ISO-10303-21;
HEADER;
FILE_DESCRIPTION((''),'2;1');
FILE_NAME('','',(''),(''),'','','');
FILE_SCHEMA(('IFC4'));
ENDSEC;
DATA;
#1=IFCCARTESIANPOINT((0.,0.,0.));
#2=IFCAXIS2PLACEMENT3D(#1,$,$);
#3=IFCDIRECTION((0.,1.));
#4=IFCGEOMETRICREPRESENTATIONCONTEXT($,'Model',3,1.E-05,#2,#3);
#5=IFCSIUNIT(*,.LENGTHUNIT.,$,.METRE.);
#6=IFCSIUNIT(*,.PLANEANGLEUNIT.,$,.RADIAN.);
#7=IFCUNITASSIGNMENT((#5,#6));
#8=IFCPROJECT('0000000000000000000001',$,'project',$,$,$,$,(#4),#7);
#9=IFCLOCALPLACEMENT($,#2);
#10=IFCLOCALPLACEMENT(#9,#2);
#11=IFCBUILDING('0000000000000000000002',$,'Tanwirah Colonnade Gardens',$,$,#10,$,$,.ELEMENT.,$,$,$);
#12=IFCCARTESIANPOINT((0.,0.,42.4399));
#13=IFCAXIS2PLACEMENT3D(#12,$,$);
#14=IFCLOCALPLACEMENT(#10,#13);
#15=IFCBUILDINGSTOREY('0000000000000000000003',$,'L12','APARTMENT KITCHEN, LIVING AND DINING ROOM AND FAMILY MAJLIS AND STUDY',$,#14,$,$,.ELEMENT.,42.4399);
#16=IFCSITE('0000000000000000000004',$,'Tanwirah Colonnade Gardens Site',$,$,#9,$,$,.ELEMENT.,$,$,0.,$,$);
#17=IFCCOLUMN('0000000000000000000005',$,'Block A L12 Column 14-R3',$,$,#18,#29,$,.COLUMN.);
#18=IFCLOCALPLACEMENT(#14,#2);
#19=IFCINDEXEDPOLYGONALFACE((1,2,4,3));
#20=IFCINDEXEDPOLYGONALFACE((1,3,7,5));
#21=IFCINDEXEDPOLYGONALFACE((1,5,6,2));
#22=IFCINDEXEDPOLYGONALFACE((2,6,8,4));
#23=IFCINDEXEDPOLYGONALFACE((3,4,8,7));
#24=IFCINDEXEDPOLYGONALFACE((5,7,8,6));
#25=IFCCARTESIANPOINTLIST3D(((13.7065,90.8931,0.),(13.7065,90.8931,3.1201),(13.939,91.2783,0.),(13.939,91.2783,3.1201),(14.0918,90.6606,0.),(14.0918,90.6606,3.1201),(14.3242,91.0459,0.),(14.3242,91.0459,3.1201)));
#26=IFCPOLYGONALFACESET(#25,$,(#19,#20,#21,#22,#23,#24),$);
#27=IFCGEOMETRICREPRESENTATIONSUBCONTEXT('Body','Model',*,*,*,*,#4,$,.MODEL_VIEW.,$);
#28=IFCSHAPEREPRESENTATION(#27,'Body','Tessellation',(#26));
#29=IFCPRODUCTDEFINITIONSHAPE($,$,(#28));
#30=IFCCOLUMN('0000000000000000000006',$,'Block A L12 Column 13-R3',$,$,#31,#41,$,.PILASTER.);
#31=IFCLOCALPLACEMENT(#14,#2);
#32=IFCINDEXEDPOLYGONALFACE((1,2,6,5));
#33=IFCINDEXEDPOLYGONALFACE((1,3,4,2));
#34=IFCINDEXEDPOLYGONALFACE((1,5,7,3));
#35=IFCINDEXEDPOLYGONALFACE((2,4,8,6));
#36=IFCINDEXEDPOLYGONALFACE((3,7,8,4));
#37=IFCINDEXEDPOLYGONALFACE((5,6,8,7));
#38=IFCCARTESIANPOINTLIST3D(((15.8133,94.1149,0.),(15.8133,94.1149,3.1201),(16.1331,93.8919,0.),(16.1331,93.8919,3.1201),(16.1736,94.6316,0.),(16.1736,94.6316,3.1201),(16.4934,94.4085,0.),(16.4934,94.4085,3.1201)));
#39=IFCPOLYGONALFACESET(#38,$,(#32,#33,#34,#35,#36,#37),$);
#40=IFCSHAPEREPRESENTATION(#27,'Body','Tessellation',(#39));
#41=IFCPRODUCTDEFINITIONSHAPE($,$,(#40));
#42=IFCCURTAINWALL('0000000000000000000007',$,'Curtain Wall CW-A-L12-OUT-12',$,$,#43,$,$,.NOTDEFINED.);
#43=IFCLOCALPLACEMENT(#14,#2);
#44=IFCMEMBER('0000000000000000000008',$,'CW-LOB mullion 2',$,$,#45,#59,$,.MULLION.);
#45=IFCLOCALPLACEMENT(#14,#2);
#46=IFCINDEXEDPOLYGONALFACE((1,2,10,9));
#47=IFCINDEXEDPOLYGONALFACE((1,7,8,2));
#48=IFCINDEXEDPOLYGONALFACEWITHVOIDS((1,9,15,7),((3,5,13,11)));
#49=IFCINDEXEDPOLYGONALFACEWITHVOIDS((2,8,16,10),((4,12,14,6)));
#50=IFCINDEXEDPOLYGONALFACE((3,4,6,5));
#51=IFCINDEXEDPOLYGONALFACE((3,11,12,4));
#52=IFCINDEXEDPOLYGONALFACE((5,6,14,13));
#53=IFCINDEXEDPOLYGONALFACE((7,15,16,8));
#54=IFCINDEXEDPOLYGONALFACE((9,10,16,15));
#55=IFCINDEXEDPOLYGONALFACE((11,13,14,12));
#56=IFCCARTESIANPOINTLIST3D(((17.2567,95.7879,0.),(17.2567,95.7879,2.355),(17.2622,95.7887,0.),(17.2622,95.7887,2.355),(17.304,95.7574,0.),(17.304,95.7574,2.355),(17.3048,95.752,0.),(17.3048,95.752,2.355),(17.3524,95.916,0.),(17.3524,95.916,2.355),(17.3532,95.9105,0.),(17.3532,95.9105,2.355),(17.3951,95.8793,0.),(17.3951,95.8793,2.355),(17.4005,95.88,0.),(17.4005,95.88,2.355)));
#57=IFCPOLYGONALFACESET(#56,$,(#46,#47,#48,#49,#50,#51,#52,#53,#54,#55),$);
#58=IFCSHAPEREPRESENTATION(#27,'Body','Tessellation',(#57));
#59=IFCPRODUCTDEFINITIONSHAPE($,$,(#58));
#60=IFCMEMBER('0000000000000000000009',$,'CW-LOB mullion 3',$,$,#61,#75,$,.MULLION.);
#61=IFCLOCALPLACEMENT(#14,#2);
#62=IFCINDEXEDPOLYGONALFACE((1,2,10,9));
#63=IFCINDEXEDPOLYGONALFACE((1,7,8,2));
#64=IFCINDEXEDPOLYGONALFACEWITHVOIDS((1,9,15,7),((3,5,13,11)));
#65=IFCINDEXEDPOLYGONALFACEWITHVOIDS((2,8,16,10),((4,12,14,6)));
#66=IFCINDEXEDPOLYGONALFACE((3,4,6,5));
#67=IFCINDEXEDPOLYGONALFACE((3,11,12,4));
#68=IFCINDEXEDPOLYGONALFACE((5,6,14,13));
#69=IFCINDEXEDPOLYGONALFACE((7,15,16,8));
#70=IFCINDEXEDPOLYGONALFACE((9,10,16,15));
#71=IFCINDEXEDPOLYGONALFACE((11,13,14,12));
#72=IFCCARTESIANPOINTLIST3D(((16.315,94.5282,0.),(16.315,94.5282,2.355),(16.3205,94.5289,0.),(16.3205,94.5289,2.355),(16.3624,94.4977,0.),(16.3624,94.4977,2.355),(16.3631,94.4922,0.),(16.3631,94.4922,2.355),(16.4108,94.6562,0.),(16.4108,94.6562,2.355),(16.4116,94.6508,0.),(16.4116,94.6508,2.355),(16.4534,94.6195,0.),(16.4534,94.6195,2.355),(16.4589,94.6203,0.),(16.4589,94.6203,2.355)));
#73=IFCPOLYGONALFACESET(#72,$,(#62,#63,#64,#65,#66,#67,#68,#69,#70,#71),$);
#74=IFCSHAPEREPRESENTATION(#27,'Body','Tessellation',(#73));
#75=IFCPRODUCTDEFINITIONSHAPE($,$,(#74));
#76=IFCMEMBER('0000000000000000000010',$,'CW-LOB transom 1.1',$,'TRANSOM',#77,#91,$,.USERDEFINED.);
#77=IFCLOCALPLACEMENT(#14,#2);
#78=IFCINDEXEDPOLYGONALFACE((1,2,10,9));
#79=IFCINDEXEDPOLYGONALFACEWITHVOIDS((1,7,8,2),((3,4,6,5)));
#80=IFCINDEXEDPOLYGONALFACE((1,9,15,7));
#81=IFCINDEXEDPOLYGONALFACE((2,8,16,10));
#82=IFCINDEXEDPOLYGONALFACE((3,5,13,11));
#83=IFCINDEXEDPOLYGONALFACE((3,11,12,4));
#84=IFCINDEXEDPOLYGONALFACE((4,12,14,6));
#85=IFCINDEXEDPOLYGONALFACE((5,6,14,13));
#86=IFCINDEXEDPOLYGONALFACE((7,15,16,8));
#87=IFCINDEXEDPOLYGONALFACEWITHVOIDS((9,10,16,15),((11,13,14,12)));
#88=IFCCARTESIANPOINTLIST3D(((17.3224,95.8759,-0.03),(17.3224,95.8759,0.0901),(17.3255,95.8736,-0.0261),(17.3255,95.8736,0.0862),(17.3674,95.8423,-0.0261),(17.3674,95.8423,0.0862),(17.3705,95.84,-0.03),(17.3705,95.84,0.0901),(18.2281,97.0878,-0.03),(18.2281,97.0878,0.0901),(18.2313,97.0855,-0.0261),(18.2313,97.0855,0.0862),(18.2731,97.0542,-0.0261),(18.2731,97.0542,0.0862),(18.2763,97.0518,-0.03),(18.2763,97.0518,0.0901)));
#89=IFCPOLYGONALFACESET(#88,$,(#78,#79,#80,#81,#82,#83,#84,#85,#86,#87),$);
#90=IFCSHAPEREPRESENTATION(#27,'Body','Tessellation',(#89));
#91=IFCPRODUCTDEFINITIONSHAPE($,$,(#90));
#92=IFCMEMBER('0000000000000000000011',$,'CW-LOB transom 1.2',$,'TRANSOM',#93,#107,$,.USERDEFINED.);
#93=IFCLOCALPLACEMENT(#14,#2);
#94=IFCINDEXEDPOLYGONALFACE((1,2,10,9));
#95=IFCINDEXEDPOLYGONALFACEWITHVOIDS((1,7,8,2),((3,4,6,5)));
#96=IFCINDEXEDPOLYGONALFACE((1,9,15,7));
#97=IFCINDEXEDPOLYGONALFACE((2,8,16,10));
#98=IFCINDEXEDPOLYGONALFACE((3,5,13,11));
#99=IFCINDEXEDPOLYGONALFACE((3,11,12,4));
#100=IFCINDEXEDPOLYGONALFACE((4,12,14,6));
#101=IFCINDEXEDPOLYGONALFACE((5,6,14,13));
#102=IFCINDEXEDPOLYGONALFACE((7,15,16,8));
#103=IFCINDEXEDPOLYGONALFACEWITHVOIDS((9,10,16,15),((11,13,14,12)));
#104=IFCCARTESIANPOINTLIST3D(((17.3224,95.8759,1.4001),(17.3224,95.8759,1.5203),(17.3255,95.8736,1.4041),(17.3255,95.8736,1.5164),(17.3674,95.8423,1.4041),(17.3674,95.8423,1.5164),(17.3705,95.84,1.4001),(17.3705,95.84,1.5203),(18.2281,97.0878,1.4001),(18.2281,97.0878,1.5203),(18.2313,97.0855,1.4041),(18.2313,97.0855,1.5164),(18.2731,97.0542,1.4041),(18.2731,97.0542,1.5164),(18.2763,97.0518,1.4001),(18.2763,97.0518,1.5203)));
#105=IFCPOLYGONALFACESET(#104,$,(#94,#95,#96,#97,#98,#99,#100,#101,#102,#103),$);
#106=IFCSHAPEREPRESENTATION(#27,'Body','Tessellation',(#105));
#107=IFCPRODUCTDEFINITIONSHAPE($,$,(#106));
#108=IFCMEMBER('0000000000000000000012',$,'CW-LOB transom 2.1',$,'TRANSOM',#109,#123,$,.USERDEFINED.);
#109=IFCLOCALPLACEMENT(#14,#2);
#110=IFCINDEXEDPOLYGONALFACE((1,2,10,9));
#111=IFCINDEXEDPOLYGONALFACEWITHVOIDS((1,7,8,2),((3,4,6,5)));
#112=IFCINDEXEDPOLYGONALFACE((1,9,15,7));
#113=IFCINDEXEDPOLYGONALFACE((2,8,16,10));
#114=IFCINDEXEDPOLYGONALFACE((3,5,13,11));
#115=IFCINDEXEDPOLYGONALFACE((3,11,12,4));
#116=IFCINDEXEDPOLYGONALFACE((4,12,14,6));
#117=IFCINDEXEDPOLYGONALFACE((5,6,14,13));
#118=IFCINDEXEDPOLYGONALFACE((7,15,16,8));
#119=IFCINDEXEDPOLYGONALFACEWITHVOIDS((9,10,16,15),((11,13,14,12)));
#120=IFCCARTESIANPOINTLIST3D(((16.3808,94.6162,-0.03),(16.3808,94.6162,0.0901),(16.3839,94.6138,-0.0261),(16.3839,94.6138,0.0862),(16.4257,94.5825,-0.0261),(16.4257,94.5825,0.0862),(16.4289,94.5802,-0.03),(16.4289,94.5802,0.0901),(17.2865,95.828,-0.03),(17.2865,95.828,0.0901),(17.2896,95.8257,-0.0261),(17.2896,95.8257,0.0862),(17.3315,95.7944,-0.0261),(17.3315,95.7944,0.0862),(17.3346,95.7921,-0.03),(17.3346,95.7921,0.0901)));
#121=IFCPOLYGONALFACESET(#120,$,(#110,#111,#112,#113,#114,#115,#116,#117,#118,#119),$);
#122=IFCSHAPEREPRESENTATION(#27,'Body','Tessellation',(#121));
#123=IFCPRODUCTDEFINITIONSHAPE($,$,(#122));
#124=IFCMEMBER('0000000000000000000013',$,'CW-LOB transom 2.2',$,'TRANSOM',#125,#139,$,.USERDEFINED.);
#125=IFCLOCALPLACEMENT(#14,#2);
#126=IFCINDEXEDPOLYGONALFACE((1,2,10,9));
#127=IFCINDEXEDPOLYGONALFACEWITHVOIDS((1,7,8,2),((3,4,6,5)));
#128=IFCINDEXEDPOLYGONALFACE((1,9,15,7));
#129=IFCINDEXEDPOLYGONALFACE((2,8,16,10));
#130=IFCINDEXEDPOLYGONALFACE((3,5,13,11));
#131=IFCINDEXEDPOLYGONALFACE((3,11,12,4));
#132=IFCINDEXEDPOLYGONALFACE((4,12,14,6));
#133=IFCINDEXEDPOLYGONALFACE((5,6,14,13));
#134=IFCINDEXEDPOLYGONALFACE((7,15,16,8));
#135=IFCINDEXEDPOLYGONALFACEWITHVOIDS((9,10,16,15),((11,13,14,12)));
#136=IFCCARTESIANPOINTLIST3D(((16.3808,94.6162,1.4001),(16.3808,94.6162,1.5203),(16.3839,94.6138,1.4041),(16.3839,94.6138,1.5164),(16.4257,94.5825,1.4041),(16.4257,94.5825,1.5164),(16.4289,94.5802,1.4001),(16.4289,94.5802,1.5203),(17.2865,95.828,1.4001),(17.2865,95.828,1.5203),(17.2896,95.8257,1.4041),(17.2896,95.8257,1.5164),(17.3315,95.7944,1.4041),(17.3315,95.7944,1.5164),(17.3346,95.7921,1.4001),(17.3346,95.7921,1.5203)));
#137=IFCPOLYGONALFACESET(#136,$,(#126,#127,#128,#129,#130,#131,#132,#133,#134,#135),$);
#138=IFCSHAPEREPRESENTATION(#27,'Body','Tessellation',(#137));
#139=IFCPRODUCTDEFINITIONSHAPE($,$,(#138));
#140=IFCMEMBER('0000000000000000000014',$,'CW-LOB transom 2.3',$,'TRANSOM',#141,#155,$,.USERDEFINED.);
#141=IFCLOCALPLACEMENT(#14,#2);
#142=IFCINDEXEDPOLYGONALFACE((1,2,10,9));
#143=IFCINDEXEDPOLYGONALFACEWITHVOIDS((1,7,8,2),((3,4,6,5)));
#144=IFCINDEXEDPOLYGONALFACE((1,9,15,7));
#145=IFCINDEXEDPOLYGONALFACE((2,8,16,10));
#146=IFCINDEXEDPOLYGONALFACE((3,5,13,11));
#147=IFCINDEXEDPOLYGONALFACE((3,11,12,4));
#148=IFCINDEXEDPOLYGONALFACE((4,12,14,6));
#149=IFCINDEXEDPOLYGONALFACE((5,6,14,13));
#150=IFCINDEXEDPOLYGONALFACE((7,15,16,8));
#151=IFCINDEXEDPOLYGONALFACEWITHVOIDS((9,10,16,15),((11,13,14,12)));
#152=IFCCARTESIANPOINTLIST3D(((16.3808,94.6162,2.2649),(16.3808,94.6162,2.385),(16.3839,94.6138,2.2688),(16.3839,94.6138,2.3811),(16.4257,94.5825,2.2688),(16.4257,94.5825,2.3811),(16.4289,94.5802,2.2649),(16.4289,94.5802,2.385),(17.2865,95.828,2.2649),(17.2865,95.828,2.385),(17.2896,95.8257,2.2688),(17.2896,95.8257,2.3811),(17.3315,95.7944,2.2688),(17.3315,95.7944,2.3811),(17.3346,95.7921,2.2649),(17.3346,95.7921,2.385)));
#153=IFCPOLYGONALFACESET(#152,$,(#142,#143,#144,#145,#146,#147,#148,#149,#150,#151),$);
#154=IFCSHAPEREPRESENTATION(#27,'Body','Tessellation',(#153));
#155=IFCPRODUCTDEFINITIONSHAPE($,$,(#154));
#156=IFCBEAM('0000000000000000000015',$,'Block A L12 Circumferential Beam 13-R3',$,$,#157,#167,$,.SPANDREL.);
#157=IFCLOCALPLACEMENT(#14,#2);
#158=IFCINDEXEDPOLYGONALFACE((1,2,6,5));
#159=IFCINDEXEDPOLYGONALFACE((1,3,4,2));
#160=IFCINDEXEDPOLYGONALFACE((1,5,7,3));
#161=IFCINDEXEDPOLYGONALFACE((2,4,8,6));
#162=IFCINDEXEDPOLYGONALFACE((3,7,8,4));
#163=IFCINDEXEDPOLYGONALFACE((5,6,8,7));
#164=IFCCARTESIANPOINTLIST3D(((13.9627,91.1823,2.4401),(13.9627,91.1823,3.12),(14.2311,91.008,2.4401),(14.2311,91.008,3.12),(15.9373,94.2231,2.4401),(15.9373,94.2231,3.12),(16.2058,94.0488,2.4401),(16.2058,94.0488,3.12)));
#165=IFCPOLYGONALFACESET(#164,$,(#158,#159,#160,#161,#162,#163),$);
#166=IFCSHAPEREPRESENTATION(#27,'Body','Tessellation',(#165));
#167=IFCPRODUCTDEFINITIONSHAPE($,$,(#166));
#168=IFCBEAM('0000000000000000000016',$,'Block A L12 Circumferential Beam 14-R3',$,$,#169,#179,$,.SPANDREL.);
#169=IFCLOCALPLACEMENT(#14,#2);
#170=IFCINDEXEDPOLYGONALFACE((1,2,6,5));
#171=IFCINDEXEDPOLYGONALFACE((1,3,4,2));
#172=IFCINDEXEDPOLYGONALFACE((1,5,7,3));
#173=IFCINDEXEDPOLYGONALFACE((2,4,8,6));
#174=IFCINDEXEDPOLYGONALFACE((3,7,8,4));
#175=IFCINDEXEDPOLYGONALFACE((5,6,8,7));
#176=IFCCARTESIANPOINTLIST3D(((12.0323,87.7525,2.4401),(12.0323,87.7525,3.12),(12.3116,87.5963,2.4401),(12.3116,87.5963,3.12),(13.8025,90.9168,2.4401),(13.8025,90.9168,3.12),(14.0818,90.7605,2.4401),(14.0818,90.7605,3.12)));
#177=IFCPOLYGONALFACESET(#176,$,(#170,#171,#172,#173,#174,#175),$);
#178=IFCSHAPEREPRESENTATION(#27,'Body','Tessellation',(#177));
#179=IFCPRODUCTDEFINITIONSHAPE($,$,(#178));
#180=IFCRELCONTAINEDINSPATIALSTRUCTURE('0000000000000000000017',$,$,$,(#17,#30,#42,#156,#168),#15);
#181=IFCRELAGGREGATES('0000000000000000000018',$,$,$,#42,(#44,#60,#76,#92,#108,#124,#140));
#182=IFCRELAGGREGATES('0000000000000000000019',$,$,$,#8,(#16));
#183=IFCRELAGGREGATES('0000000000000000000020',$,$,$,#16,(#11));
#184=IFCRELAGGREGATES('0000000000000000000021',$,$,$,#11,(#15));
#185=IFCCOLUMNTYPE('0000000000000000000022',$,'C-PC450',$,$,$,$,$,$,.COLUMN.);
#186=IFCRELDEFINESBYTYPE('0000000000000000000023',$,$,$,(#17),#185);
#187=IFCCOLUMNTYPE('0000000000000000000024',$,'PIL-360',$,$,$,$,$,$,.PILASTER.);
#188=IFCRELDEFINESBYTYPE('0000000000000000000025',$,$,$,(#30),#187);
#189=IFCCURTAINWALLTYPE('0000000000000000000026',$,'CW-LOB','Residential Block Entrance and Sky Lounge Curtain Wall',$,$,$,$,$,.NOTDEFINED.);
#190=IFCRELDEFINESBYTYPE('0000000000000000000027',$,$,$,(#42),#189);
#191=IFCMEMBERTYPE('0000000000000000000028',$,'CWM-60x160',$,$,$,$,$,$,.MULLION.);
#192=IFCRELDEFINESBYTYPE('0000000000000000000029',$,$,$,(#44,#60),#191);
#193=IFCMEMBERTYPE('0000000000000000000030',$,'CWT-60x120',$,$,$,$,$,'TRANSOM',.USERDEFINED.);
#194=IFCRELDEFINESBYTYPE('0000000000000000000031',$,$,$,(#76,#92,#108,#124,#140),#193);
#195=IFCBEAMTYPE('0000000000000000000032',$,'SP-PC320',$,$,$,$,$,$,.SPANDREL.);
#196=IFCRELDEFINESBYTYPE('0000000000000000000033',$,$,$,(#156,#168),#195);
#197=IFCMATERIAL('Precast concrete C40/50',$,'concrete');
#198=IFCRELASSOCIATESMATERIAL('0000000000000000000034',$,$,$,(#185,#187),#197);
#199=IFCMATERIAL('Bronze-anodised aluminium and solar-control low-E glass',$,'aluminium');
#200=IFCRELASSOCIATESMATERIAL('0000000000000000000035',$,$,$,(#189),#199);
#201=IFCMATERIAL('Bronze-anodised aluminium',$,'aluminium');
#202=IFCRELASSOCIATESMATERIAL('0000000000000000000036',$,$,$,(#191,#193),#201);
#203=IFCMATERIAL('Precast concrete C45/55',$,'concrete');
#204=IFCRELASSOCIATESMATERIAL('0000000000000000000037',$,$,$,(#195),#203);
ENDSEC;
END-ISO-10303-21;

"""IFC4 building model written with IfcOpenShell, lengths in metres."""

from ifc_helpers import new_model, si_unit, direction, frame, origin, origin_2d, place, context, subcontext, project, spatial, rectangle, hollow_rectangle, extrude, material, material_profile, profile_set, type_object, element, aggregate, save


model = new_model("IFC4")

# Units and contexts
model_context = context("Model", 3, precision=1e-05, world=origin(), true_north=direction((0.0, 1.0)))
body_context = subcontext(model_context, "Body", "Model", "MODEL_VIEW")
ifc_project = project(units=[si_unit("LENGTHUNIT", "METRE"), si_unit("PLANEANGLEUNIT", "RADIAN")], contexts=[model_context])

# Site, building, storey
site_placement = place(None, origin())
site = spatial("IfcSite", under=ifc_project, at=site_placement, Name="Tanwirah Colonnade Gardens Site", CompositionType="ELEMENT", RefElevation=0.0)
building_placement = place(site_placement, origin())
building = spatial("IfcBuilding", under=site, at=building_placement, Name="Tanwirah Colonnade Gardens", CompositionType="ELEMENT")
storey_placement = place(building_placement, frame((0.0, 0.0, 42.4399)))
storey = spatial("IfcBuildingStorey", under=building, at=storey_placement, Name="L12", Description="APARTMENT KITCHEN, LIVING AND DINING ROOM AND FAMILY MAJLIS AND STUDY", CompositionType="ELEMENT", Elevation=42.4399)

# Columns
ifc_material_1 = material(Name="Precast concrete C40/50", Category="concrete")
ifc_material_profile_1 = material_profile(ifc_material_1, rectangle(XDim=0.45, YDim=0.45, at=origin_2d()), Name="PC-COL 450x450")
ifc_profile_set_1 = profile_set([ifc_material_profile_1], Name="Precast concrete C40/50")
column_type_1 = type_object("IfcColumnType", Name="C-PC450", PredefinedType="COLUMN", material=ifc_profile_set_1)
column_1_placement = place(storey_placement, frame((14.0154, 90.9695, 0.0), z_axis=(0.0, 0.0, 1.0), x_axis=(-0.856167, 0.516699, 0.0)))
element("IfcColumn", 1, at=column_1_placement, inside=storey, type_object=column_type_1, Name="Block A L12 Column 14-R3", PredefinedType="COLUMN", context=body_context, shape_type="SweptSolid", body=[
    extrude(rectangle(XDim=0.45, YDim=0.45, at=origin_2d()), origin(), (0.0, 0.0, 1.0), 3.1201),
])
ifc_material_profile_2 = material_profile(ifc_material_1, rectangle(XDim=0.3899, YDim=0.6299, at=origin_2d()), Name="PC-PIL 390x630")
ifc_profile_set_2 = profile_set([ifc_material_profile_2], Name="Precast concrete C40/50")
column_type_2 = type_object("IfcColumnType", Name="PIL-360", PredefinedType="PILASTER", material=ifc_profile_set_2)
column_2_placement = place(storey_placement, frame((16.1533, 94.2617, 0.0), z_axis=(0.0, 0.0, 1.0), x_axis=(-0.820263, 0.571987, 0.0)))
element("IfcColumn", 2, at=column_2_placement, inside=storey, type_object=column_type_2, Name="Block A L12 Column 13-R3", PredefinedType="PILASTER", context=body_context, shape_type="SweptSolid", body=[
    extrude(rectangle(XDim=0.3899, YDim=0.6299, at=origin_2d()), origin(), (0.0, 0.0, 1.0), 3.1201),
])

# Curtain wall, members
ifc_material_2 = material(Name="Bronze-anodised aluminium and solar-control low-E glass", Category="aluminium")
curtain_wall_type = type_object("IfcCurtainWallType", Name="CW-LOB", Description="Residential Block Entrance and Sky Lounge Curtain Wall", PredefinedType="NOTDEFINED", material=ifc_material_2)
curtain_wall_placement = place(storey_placement, origin())
curtain_wall = element("IfcCurtainWall", 3, at=curtain_wall_placement, inside=storey, type_object=curtain_wall_type, Name="Curtain Wall CW-A-L12-OUT-12", PredefinedType="NOTDEFINED")
ifc_material_3 = material(Name="Bronze-anodised aluminium", Category="aluminium")
ifc_material_profile_3 = material_profile(ifc_material_3, hollow_rectangle(XDim=0.0601, YDim=0.1599, WallThickness=0.0039, at=origin_2d()), Name="CW-MUL 60x160x4")
ifc_profile_set_3 = profile_set([ifc_material_profile_3], Name="Bronze-anodised aluminium")
member_type_1 = type_object("IfcMemberType", Name="CWM-60x160", PredefinedType="MULLION", material=ifc_profile_set_3)
member_1_placement = place(storey_placement, frame((17.3286, 95.834, 0.0), z_axis=(0.0, 0.0, 1.0), x_axis=(0.800963, -0.598714, 0.0)))
member_1 = element("IfcMember", 4, at=member_1_placement, type_object=member_type_1, Name="CW-LOB mullion 2", PredefinedType="MULLION", context=body_context, shape_type="SweptSolid", body=[
    extrude(hollow_rectangle(XDim=0.0601, YDim=0.1599, WallThickness=0.0039, at=origin_2d()), origin(), (0.0, 0.0, 1.0), 2.355),
])
member_2_placement = place(storey_placement, frame((16.387, 94.5742, 0.0), z_axis=(0.0, 0.0, 1.0), x_axis=(0.800963, -0.598714, 0.0)))
member_2 = element("IfcMember", 5, at=member_2_placement, type_object=member_type_1, Name="CW-LOB mullion 3", PredefinedType="MULLION", context=body_context, shape_type="SweptSolid", body=[
    extrude(hollow_rectangle(XDim=0.0601, YDim=0.1599, WallThickness=0.0039, at=origin_2d()), origin(), (0.0, 0.0, 1.0), 2.355),
])
ifc_material_profile_4 = material_profile(ifc_material_3, hollow_rectangle(XDim=0.0601, YDim=0.1201, WallThickness=0.0039, at=origin_2d()), Name="CW-TRN 60x120x4")
ifc_profile_set_4 = profile_set([ifc_material_profile_4], Name="Bronze-anodised aluminium")
member_type_2 = type_object("IfcMemberType", Name="CWT-60x120", ElementType="TRANSOM", PredefinedType="USERDEFINED", material=ifc_profile_set_4)
member_3_placement = place(storey_placement, frame((18.2522, 97.0698, 0.03), z_axis=(-0.598657, -0.801006, 0.0), x_axis=(0.801006, -0.598657, 0.0)))
member_3 = element("IfcMember", 6, at=member_3_placement, type_object=member_type_2, Name="CW-LOB transom 1.1", ObjectType="TRANSOM", PredefinedType="USERDEFINED", context=body_context, shape_type="SweptSolid", body=[
    extrude(hollow_rectangle(XDim=0.0601, YDim=0.1201, WallThickness=0.0039, at=origin_2d()), origin(), (0.0, 0.0, 1.0), 1.5129),
])
member_4_placement = place(storey_placement, frame((18.2522, 97.0698, 1.4602), z_axis=(-0.598657, -0.801006, 0.0), x_axis=(0.801006, -0.598657, 0.0)))
member_4 = element("IfcMember", 7, at=member_4_placement, type_object=member_type_2, Name="CW-LOB transom 1.2", ObjectType="TRANSOM", PredefinedType="USERDEFINED", context=body_context, shape_type="SweptSolid", body=[
    extrude(hollow_rectangle(XDim=0.0601, YDim=0.1201, WallThickness=0.0039, at=origin_2d()), origin(), (0.0, 0.0, 1.0), 1.5129),
])
member_5_placement = place(storey_placement, frame((17.3105, 95.8101, 0.03), z_axis=(-0.598657, -0.801006, 0.0), x_axis=(0.801006, -0.598657, 0.0)))
member_5 = element("IfcMember", 8, at=member_5_placement, type_object=member_type_2, Name="CW-LOB transom 2.1", ObjectType="TRANSOM", PredefinedType="USERDEFINED", context=body_context, shape_type="SweptSolid", body=[
    extrude(hollow_rectangle(XDim=0.0601, YDim=0.1201, WallThickness=0.0039, at=origin_2d()), origin(), (0.0, 0.0, 1.0), 1.5129),
])
member_6_placement = place(storey_placement, frame((17.3105, 95.8101, 1.4602), z_axis=(-0.598657, -0.801006, 0.0), x_axis=(0.801006, -0.598657, 0.0)))
member_6 = element("IfcMember", 9, at=member_6_placement, type_object=member_type_2, Name="CW-LOB transom 2.2", ObjectType="TRANSOM", PredefinedType="USERDEFINED", context=body_context, shape_type="SweptSolid", body=[
    extrude(hollow_rectangle(XDim=0.0601, YDim=0.1201, WallThickness=0.0039, at=origin_2d()), origin(), (0.0, 0.0, 1.0), 1.5129),
])
member_7_placement = place(storey_placement, frame((17.3105, 95.8101, 2.325), z_axis=(-0.598657, -0.801006, 0.0), x_axis=(0.801006, -0.598657, 0.0)))
member_7 = element("IfcMember", 10, at=member_7_placement, type_object=member_type_2, Name="CW-LOB transom 2.3", ObjectType="TRANSOM", PredefinedType="USERDEFINED", context=body_context, shape_type="SweptSolid", body=[
    extrude(hollow_rectangle(XDim=0.0601, YDim=0.1201, WallThickness=0.0039, at=origin_2d()), origin(), (0.0, 0.0, 1.0), 1.5129),
])

# Beams
ifc_material_4 = material(Name="Precast concrete C45/55", Category="concrete")
ifc_material_profile_5 = material_profile(ifc_material_4, rectangle(XDim=0.3201, YDim=0.6799, at=origin_2d()), Name="PC-SP 320x680")
ifc_profile_set_5 = profile_set([ifc_material_profile_5], Name="Precast concrete C45/55")
beam_type = type_object("IfcBeamType", Name="SP-PC320", PredefinedType="SPANDREL", material=ifc_profile_set_5)
for number, where, z_axis, x_axis, name in (
    (11, (16.0715, 94.136, 2.78), (-0.544621, -0.838682, 0.0), (0.838682, -0.544621, 0.0), "Block A L12 Circumferential Beam 13-R3"),
    (12, (13.9421, 90.8386, 2.78), (-0.488236, -0.872711, 0.0), (0.872711, -0.488236, 0.0), "Block A L12 Circumferential Beam 14-R3"),
):
    element("IfcBeam", number, at=place(storey_placement, frame(where, z_axis=z_axis, x_axis=x_axis)), inside=storey, type_object=beam_type, Name=name, PredefinedType="SPANDREL", context=body_context, shape_type="SweptSolid", body=[
        extrude(rectangle(XDim=0.3201, YDim=0.6799, at=origin_2d()), origin(), (0.0, 0.0, 1.0), 3.6257),
    ])

aggregate(curtain_wall, [member_1, member_2, member_3, member_4, member_5, member_6, member_7])

save(model, "model.ifc")
